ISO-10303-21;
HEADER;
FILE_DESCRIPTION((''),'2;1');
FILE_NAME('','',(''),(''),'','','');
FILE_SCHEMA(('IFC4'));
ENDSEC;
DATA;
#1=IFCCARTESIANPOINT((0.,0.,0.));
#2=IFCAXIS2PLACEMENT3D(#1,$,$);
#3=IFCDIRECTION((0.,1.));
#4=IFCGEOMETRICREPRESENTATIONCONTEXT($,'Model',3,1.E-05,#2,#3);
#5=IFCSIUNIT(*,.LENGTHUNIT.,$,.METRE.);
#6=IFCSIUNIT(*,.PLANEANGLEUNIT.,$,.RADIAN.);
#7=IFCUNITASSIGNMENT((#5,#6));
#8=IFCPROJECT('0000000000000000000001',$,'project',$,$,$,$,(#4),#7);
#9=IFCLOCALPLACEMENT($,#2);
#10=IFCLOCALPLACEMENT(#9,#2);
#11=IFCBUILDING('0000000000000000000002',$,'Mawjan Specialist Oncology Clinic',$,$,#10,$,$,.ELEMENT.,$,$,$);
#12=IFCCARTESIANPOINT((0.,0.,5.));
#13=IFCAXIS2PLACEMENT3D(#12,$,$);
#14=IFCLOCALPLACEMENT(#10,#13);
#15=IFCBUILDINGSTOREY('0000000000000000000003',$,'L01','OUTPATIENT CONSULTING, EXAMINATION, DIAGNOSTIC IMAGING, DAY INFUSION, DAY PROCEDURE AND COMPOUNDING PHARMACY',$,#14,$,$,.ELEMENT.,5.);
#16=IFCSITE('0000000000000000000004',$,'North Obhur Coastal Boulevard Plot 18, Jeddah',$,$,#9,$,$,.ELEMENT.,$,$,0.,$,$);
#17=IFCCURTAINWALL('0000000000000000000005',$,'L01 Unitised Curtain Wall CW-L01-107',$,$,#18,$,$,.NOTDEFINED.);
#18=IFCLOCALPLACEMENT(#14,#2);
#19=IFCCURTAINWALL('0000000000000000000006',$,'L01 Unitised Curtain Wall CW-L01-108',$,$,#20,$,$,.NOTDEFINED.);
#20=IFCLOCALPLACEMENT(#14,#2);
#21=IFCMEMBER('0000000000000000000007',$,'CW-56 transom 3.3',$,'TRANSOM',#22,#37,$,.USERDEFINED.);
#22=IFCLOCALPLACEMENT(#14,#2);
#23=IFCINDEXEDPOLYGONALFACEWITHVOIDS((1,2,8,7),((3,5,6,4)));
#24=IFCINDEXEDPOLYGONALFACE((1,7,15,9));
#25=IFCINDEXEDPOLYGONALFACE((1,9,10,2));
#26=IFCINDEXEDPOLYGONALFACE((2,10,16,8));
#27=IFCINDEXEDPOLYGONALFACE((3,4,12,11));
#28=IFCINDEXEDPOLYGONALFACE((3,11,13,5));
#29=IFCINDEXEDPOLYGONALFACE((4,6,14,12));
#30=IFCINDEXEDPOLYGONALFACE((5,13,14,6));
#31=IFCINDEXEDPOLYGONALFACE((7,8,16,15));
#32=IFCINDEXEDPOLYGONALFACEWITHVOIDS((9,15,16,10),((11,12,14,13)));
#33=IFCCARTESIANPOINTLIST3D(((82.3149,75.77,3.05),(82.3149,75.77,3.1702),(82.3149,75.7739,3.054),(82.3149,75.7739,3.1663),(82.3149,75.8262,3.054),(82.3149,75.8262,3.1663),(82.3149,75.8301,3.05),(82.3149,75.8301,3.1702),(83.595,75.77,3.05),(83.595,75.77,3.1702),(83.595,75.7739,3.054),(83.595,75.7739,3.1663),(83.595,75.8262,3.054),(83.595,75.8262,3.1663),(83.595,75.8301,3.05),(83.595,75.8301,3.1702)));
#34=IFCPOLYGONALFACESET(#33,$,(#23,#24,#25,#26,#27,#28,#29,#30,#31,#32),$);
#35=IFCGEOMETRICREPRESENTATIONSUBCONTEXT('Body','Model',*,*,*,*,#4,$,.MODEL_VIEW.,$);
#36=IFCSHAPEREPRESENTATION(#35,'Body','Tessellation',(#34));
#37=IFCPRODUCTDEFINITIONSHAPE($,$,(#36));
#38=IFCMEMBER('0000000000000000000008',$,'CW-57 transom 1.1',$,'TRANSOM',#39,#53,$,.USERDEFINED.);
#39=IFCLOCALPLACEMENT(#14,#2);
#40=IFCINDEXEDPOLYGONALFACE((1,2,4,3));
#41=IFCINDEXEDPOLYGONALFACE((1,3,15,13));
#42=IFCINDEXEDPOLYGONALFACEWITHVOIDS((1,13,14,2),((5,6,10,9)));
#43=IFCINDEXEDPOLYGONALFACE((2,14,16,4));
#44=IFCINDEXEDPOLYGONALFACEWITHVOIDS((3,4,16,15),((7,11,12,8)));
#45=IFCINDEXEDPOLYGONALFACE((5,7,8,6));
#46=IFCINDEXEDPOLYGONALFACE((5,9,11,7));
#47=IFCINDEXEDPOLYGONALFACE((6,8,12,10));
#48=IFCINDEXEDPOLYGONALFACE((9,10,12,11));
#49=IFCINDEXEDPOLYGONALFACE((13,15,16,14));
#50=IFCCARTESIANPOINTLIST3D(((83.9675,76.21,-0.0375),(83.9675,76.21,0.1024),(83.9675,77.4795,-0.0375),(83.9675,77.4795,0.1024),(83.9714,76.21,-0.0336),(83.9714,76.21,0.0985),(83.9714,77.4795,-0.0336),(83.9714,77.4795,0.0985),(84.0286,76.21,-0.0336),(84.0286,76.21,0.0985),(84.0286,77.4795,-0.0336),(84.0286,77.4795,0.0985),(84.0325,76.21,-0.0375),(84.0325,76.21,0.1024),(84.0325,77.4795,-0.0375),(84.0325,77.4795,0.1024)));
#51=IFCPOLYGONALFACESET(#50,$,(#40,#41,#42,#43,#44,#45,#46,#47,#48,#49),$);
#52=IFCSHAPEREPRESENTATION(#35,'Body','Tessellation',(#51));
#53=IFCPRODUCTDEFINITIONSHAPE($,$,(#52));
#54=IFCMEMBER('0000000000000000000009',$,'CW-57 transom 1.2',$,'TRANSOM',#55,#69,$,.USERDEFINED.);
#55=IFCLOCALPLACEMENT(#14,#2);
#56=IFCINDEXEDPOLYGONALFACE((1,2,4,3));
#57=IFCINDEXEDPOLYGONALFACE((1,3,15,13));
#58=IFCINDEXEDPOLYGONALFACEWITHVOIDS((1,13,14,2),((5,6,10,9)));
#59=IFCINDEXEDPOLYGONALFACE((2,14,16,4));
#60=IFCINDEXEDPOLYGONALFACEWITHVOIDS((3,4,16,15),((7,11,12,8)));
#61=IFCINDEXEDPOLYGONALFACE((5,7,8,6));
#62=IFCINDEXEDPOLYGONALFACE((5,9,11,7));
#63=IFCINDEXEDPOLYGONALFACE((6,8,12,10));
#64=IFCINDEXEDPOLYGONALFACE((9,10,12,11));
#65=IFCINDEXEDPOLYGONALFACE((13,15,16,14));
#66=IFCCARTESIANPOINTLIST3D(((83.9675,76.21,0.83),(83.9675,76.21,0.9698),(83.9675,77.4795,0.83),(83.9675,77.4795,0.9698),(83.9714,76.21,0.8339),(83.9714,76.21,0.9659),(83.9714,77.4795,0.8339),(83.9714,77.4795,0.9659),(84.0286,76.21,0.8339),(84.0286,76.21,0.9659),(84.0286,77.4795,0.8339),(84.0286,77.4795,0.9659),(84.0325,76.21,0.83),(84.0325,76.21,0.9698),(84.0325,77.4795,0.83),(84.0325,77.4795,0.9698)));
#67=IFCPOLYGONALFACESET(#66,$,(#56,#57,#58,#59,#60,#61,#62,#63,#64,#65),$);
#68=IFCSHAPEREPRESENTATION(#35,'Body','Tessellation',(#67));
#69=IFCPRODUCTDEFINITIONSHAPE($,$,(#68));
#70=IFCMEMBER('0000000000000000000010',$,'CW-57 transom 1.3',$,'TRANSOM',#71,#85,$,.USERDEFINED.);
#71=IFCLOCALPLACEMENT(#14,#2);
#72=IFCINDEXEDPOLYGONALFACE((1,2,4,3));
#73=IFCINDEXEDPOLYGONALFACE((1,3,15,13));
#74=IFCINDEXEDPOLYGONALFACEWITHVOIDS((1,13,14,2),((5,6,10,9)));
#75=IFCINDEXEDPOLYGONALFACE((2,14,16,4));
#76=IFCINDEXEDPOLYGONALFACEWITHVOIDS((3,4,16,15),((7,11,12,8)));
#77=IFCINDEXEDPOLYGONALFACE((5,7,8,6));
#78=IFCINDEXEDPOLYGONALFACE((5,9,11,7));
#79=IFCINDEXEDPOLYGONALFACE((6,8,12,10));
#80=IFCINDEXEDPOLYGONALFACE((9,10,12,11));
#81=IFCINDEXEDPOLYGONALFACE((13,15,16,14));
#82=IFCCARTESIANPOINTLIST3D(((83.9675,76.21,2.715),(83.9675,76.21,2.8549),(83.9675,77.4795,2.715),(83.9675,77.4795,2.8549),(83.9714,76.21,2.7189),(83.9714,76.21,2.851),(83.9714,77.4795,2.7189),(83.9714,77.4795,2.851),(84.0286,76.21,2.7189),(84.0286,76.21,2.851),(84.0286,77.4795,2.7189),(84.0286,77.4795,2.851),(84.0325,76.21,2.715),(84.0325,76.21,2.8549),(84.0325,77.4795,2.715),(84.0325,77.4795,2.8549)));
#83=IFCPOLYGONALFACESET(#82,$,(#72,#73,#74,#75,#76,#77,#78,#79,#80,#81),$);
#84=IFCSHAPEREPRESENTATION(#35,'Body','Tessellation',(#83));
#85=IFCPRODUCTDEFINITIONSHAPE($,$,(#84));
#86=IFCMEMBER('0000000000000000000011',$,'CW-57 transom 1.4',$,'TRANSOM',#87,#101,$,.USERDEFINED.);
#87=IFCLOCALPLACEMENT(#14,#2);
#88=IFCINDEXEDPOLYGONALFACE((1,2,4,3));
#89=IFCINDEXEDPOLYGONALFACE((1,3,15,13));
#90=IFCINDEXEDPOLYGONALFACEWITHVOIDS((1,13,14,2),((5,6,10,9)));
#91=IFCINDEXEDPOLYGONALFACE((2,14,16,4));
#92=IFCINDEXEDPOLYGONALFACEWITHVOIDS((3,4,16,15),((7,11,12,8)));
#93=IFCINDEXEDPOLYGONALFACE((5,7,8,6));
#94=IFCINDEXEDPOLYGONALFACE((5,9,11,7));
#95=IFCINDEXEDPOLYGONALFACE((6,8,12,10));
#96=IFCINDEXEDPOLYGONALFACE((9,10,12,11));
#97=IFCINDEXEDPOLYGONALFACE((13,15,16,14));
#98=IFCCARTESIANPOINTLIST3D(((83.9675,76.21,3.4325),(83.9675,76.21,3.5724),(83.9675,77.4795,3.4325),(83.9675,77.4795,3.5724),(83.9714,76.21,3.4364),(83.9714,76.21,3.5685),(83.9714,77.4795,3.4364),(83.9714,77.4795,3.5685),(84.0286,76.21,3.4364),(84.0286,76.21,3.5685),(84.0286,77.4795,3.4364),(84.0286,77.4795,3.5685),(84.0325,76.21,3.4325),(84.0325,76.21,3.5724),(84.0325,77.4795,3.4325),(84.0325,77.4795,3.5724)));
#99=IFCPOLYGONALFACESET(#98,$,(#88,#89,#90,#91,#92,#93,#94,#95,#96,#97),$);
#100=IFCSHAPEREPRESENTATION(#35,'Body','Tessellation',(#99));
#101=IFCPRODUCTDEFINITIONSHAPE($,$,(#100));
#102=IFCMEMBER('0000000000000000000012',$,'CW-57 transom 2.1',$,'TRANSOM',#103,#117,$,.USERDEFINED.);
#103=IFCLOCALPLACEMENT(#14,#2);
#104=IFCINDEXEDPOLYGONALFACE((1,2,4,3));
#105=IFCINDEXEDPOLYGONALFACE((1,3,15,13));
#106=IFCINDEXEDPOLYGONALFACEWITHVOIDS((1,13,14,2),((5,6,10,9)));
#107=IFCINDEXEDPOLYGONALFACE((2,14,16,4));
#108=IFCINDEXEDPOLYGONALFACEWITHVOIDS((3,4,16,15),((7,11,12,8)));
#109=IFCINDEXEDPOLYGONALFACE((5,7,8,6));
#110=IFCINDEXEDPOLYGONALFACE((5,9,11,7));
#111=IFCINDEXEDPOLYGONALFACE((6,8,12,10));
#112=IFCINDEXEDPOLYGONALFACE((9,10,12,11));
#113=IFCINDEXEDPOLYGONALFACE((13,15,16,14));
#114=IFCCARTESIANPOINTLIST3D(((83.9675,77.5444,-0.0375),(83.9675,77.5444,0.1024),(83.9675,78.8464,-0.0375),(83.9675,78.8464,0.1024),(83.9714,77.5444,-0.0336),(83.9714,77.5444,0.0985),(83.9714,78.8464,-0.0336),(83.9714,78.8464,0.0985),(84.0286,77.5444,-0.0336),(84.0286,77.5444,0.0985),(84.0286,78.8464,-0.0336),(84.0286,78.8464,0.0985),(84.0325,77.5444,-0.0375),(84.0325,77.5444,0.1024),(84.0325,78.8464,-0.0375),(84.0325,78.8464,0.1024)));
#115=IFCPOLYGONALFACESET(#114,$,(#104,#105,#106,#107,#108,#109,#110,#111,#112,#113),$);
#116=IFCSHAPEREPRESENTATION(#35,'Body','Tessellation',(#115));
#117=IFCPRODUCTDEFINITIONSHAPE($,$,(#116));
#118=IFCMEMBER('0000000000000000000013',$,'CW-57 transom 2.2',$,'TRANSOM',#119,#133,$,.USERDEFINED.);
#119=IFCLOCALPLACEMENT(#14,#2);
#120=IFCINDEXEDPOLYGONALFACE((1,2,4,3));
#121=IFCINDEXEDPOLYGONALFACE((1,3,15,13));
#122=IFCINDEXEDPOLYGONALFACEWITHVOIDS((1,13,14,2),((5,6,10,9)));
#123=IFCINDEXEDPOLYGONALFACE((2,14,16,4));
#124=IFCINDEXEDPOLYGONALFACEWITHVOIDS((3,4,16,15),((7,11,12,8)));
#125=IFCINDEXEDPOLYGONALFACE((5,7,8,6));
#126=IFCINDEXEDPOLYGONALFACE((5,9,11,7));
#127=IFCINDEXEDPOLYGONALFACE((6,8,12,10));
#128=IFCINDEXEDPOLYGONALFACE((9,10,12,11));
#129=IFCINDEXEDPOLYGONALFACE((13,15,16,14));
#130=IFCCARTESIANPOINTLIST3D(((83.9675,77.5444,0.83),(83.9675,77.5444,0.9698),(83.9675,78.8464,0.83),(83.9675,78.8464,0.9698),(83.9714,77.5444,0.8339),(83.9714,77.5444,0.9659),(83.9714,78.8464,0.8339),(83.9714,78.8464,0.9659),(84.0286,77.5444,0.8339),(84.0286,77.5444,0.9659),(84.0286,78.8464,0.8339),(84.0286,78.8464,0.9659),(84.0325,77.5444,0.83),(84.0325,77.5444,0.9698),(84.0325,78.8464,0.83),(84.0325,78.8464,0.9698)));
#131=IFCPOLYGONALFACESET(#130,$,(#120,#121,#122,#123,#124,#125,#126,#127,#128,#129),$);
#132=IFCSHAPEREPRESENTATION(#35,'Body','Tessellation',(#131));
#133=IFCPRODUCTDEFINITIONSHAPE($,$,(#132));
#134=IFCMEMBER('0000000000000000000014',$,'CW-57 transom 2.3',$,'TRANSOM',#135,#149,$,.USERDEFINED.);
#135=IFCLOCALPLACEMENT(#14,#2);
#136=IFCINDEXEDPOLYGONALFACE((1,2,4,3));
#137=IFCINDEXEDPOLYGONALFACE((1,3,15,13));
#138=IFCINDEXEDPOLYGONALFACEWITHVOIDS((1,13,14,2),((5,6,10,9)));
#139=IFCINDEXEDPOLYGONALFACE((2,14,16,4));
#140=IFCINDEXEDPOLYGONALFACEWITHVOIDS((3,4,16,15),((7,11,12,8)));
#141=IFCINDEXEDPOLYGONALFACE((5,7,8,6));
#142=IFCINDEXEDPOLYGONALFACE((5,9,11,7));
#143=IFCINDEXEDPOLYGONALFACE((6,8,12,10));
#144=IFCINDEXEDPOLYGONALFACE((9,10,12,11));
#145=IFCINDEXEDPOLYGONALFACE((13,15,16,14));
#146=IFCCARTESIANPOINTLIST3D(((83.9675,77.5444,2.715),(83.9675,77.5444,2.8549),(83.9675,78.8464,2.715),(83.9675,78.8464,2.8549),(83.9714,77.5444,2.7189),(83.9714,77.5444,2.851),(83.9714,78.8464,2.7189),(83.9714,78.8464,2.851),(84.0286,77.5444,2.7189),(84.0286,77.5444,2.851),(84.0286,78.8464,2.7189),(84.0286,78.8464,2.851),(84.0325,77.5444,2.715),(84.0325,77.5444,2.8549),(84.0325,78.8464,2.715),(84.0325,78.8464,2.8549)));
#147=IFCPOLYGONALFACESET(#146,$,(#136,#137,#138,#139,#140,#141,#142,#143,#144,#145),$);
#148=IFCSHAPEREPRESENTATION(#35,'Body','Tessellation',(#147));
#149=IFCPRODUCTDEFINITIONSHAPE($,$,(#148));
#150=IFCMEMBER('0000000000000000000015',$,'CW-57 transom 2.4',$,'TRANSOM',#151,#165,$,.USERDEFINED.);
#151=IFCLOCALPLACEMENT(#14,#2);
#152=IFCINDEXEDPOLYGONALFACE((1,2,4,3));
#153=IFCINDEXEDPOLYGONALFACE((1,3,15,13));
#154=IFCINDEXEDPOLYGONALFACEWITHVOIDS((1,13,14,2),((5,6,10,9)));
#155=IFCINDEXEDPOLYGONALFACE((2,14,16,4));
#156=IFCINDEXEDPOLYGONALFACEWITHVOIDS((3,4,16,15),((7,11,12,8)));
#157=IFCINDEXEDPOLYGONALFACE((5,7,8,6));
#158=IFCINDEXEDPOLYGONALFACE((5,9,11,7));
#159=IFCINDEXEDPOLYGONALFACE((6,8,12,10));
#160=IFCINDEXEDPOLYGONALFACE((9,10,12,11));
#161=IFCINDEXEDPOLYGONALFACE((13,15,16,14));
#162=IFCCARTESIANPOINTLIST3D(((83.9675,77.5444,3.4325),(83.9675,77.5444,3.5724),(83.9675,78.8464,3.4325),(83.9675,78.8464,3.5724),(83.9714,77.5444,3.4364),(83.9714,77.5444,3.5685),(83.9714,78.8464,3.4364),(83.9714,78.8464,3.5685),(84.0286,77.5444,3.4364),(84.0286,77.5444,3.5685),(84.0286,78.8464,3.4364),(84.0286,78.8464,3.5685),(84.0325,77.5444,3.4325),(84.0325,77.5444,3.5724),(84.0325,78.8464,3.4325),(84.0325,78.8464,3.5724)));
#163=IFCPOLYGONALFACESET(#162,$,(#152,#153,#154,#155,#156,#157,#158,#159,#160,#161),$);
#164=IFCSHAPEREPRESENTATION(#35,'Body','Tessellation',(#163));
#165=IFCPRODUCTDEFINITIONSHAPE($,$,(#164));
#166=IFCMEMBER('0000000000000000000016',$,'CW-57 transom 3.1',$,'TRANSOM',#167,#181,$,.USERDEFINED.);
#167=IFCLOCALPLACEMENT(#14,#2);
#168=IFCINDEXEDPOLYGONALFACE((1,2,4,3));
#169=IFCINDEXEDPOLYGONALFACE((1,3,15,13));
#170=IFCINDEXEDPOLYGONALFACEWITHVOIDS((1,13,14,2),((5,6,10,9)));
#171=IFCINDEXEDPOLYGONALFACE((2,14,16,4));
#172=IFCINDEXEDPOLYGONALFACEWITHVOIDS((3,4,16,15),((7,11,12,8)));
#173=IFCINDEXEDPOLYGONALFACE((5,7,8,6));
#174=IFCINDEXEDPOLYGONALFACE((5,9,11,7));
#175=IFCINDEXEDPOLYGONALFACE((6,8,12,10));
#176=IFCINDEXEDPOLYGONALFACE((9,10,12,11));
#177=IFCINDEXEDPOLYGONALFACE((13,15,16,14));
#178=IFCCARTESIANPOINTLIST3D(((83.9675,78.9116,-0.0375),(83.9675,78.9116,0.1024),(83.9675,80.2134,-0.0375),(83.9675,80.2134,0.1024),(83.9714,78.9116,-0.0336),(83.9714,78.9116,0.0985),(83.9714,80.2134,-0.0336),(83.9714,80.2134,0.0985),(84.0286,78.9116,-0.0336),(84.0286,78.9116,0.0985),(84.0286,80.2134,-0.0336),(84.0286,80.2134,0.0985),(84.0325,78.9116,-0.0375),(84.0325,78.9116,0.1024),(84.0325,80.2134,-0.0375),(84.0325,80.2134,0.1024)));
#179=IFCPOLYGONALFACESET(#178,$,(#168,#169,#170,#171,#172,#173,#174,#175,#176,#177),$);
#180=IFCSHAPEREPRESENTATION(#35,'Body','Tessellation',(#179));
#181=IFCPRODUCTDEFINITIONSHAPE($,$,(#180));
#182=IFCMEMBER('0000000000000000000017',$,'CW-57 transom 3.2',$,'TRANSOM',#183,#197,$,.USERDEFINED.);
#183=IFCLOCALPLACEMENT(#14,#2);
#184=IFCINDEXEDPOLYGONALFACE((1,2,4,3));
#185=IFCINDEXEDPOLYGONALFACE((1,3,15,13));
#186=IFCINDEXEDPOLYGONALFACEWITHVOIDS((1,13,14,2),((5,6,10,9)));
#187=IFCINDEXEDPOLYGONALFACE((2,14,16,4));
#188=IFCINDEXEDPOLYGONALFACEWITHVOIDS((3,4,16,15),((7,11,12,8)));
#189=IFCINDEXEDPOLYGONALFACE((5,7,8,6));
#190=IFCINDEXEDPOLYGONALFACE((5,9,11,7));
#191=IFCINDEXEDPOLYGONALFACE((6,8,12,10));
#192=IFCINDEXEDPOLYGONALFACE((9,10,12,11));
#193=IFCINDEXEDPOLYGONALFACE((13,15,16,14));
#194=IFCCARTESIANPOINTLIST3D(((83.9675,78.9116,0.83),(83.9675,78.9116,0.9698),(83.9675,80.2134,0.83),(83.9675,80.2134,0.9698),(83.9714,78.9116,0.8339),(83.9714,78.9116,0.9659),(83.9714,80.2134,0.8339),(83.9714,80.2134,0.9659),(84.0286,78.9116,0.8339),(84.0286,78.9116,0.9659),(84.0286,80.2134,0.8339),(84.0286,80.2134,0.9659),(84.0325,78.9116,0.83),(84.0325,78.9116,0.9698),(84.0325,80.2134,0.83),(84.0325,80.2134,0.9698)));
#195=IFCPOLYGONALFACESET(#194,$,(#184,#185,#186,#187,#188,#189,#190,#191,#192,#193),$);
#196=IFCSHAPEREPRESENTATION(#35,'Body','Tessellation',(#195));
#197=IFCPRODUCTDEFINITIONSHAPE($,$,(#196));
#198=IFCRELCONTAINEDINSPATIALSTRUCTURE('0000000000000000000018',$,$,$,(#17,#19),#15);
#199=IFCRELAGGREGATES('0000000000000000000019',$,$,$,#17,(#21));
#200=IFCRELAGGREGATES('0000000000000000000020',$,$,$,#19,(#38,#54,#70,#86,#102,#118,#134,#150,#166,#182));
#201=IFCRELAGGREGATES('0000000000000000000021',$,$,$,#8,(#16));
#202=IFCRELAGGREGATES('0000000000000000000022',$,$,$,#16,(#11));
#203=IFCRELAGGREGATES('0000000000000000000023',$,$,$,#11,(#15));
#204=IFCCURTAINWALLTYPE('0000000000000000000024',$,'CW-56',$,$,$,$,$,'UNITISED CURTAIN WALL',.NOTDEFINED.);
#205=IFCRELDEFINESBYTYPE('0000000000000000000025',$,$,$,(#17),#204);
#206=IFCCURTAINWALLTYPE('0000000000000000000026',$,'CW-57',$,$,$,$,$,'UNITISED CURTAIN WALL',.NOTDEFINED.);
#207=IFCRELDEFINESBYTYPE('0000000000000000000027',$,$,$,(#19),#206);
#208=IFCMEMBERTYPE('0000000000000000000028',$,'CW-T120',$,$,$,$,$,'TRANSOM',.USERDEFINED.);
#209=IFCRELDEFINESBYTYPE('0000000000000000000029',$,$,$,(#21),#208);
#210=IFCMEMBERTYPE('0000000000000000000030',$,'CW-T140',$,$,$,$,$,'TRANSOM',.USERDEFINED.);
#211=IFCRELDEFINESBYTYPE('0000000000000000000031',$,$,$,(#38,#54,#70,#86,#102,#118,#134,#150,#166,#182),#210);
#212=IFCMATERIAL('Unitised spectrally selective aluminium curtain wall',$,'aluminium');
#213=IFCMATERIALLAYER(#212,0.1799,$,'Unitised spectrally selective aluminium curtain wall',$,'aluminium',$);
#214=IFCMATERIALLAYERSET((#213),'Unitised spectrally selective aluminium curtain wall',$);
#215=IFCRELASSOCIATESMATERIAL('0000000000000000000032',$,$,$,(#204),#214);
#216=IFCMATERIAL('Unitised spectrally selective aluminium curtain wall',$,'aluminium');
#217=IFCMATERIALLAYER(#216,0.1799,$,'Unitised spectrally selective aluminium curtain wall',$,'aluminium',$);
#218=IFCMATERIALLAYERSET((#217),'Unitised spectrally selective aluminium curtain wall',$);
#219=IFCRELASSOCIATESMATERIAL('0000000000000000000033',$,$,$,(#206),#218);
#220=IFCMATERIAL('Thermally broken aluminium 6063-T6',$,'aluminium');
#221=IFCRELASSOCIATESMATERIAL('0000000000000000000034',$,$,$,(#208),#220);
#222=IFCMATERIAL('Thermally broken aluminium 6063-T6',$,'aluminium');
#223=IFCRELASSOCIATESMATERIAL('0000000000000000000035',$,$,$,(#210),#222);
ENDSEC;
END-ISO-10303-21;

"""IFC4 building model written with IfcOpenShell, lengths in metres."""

from ifc_helpers import new_model, si_unit, direction, frame, origin, origin_2d, place, context, subcontext, project, spatial, hollow_rectangle, extrude, material, layer, layer_set, material_profile, profile_set, type_object, element, aggregate, save


model = new_model("IFC4")

# Units and contexts
model_context = context("Model", 3, precision=1e-05, world=origin(), true_north=direction((0.0, 1.0)))
body_context = subcontext(model_context, "Body", "Model", "MODEL_VIEW")
ifc_project = project(units=[si_unit("LENGTHUNIT", "METRE"), si_unit("PLANEANGLEUNIT", "RADIAN")], contexts=[model_context])

# Site, building, storey
site_placement = place(None, origin())
site = spatial("IfcSite", under=ifc_project, at=site_placement, Name="North Obhur Coastal Boulevard Plot 18, Jeddah", CompositionType="ELEMENT", RefElevation=0.0)
building_placement = place(site_placement, origin())
building = spatial("IfcBuilding", under=site, at=building_placement, Name="Mawjan Specialist Oncology Clinic", CompositionType="ELEMENT")
storey_placement = place(building_placement, frame((0.0, 0.0, 5.0)))
storey = spatial("IfcBuildingStorey", under=building, at=storey_placement, Name="L01", Description="OUTPATIENT CONSULTING, EXAMINATION, DIAGNOSTIC IMAGING, DAY INFUSION, DAY PROCEDURE AND COMPOUNDING PHARMACY", CompositionType="ELEMENT", Elevation=5.0)

# Curtain wall
ifc_material_1 = material(Name="Unitised spectrally selective aluminium curtain wall", Category="aluminium")
ifc_layer_1 = layer(ifc_material_1, 0.1799, Name="Unitised spectrally selective aluminium curtain wall", Category="aluminium")
ifc_layer_set_1 = layer_set([ifc_layer_1], Name="Unitised spectrally selective aluminium curtain wall")
curtain_wall_type_1 = type_object("IfcCurtainWallType", Name="CW-56", ElementType="UNITISED CURTAIN WALL", PredefinedType="NOTDEFINED", material=ifc_layer_set_1)
curtain_wall_1_placement = place(storey_placement, origin())
curtain_wall_1 = element("IfcCurtainWall", 1, at=curtain_wall_1_placement, inside=storey, type_object=curtain_wall_type_1, Name="L01 Unitised Curtain Wall CW-L01-107", PredefinedType="NOTDEFINED")

# Curtain wall
ifc_material_2 = material(Name="Unitised spectrally selective aluminium curtain wall", Category="aluminium")
ifc_layer_2 = layer(ifc_material_2, 0.1799, Name="Unitised spectrally selective aluminium curtain wall", Category="aluminium")
ifc_layer_set_2 = layer_set([ifc_layer_2], Name="Unitised spectrally selective aluminium curtain wall")
curtain_wall_type_2 = type_object("IfcCurtainWallType", Name="CW-57", ElementType="UNITISED CURTAIN WALL", PredefinedType="NOTDEFINED", material=ifc_layer_set_2)
curtain_wall_2_placement = place(storey_placement, origin())
curtain_wall_2 = element("IfcCurtainWall", 2, at=curtain_wall_2_placement, inside=storey, type_object=curtain_wall_type_2, Name="L01 Unitised Curtain Wall CW-L01-108", PredefinedType="NOTDEFINED")

# Members
ifc_material_3 = material(Name="Thermally broken aluminium 6063-T6", Category="aluminium")
ifc_material_profile_1 = material_profile(ifc_material_3, hollow_rectangle(XDim=0.0601, YDim=0.1201, WallThickness=0.0039, at=origin_2d()), Name="ALU TRANSOM 120x60x4", Category="aluminium")
ifc_profile_set_1 = profile_set([ifc_material_profile_1], Name="Thermally broken aluminium 6063-T6")
member_type_1 = type_object("IfcMemberType", Name="CW-T120", ElementType="TRANSOM", PredefinedType="USERDEFINED", material=ifc_profile_set_1)
member_1_placement = place(storey_placement, frame((82.3149, 75.8, 3.1101), z_axis=(1.0, 0.0, 0.0), x_axis=(0.0, 1.0, 0.0)))
member_1 = element("IfcMember", 3, at=member_1_placement, type_object=member_type_1, Name="CW-56 transom 3.3", ObjectType="TRANSOM", PredefinedType="USERDEFINED", context=body_context, shape_type="SweptSolid", body=[
    extrude(hollow_rectangle(XDim=0.0601, YDim=0.1201, WallThickness=0.0039, at=origin_2d()), origin(), (0.0, 0.0, 1.0), 1.28),
])
ifc_material_4 = material(Name="Thermally broken aluminium 6063-T6", Category="aluminium")
ifc_material_profile_2 = material_profile(ifc_material_4, hollow_rectangle(XDim=0.0649, YDim=0.1399, WallThickness=0.0039, at=origin_2d()), Name="ALU TRANSOM 140x65x4", Category="aluminium")
ifc_profile_set_2 = profile_set([ifc_material_profile_2], Name="Thermally broken aluminium 6063-T6")
member_type_2 = type_object("IfcMemberType", Name="CW-T140", ElementType="TRANSOM", PredefinedType="USERDEFINED", material=ifc_profile_set_2)
member_2_placement = place(storey_placement, frame((84.0, 76.21, 0.0325), z_axis=(0.0, 1.0, 0.0), x_axis=(-1.0, 0.0, 0.0)))
member_2 = element("IfcMember", 4, at=member_2_placement, type_object=member_type_2, Name="CW-57 transom 1.1", ObjectType="TRANSOM", PredefinedType="USERDEFINED", context=body_context, shape_type="SweptSolid", body=[
    extrude(hollow_rectangle(XDim=0.0649, YDim=0.1399, WallThickness=0.0039, at=origin_2d()), origin(), (0.0, 0.0, 1.0), 1.2695),
])
member_3_placement = place(storey_placement, frame((84.0, 76.21, 0.8999), z_axis=(0.0, 1.0, 0.0), x_axis=(-1.0, 0.0, 0.0)))
member_3 = element("IfcMember", 5, at=member_3_placement, type_object=member_type_2, Name="CW-57 transom 1.2", ObjectType="TRANSOM", PredefinedType="USERDEFINED", context=body_context, shape_type="SweptSolid", body=[
    extrude(hollow_rectangle(XDim=0.0649, YDim=0.1399, WallThickness=0.0039, at=origin_2d()), origin(), (0.0, 0.0, 1.0), 1.2695),
])
member_4_placement = place(storey_placement, frame((84.0, 76.21, 2.7849), z_axis=(0.0, 1.0, 0.0), x_axis=(-1.0, 0.0, 0.0)))
member_4 = element("IfcMember", 6, at=member_4_placement, type_object=member_type_2, Name="CW-57 transom 1.3", ObjectType="TRANSOM", PredefinedType="USERDEFINED", context=body_context, shape_type="SweptSolid", body=[
    extrude(hollow_rectangle(XDim=0.0649, YDim=0.1399, WallThickness=0.0039, at=origin_2d()), origin(), (0.0, 0.0, 1.0), 1.2695),
])
member_5_placement = place(storey_placement, frame((84.0, 76.21, 3.5024), z_axis=(0.0, 1.0, 0.0), x_axis=(-1.0, 0.0, 0.0)))
member_5 = element("IfcMember", 7, at=member_5_placement, type_object=member_type_2, Name="CW-57 transom 1.4", ObjectType="TRANSOM", PredefinedType="USERDEFINED", context=body_context, shape_type="SweptSolid", body=[
    extrude(hollow_rectangle(XDim=0.0649, YDim=0.1399, WallThickness=0.0039, at=origin_2d()), origin(), (0.0, 0.0, 1.0), 1.2695),
])
member_6_placement = place(storey_placement, frame((84.0, 77.5444, 0.0325), z_axis=(0.0, 1.0, 0.0), x_axis=(-1.0, 0.0, 0.0)))
member_6 = element("IfcMember", 8, at=member_6_placement, type_object=member_type_2, Name="CW-57 transom 2.1", ObjectType="TRANSOM", PredefinedType="USERDEFINED", context=body_context, shape_type="SweptSolid", body=[
    extrude(hollow_rectangle(XDim=0.0649, YDim=0.1399, WallThickness=0.0039, at=origin_2d()), origin(), (0.0, 0.0, 1.0), 1.302),
])
member_7_placement = place(storey_placement, frame((84.0, 77.5444, 0.8999), z_axis=(0.0, 1.0, 0.0), x_axis=(-1.0, 0.0, 0.0)))
member_7 = element("IfcMember", 9, at=member_7_placement, type_object=member_type_2, Name="CW-57 transom 2.2", ObjectType="TRANSOM", PredefinedType="USERDEFINED", context=body_context, shape_type="SweptSolid", body=[
    extrude(hollow_rectangle(XDim=0.0649, YDim=0.1399, WallThickness=0.0039, at=origin_2d()), origin(), (0.0, 0.0, 1.0), 1.302),
])
member_8_placement = place(storey_placement, frame((84.0, 77.5444, 2.7849), z_axis=(0.0, 1.0, 0.0), x_axis=(-1.0, 0.0, 0.0)))
member_8 = element("IfcMember", 10, at=member_8_placement, type_object=member_type_2, Name="CW-57 transom 2.3", ObjectType="TRANSOM", PredefinedType="USERDEFINED", context=body_context, shape_type="SweptSolid", body=[
    extrude(hollow_rectangle(XDim=0.0649, YDim=0.1399, WallThickness=0.0039, at=origin_2d()), origin(), (0.0, 0.0, 1.0), 1.302),
])
member_9_placement = place(storey_placement, frame((84.0, 77.5444, 3.5024), z_axis=(0.0, 1.0, 0.0), x_axis=(-1.0, 0.0, 0.0)))
member_9 = element("IfcMember", 11, at=member_9_placement, type_object=member_type_2, Name="CW-57 transom 2.4", ObjectType="TRANSOM", PredefinedType="USERDEFINED", context=body_context, shape_type="SweptSolid", body=[
    extrude(hollow_rectangle(XDim=0.0649, YDim=0.1399, WallThickness=0.0039, at=origin_2d()), origin(), (0.0, 0.0, 1.0), 1.302),
])
member_10_placement = place(storey_placement, frame((84.0, 78.9116, 0.0325), z_axis=(0.0, 1.0, 0.0), x_axis=(-1.0, 0.0, 0.0)))
member_10 = element("IfcMember", 12, at=member_10_placement, type_object=member_type_2, Name="CW-57 transom 3.1", ObjectType="TRANSOM", PredefinedType="USERDEFINED", context=body_context, shape_type="SweptSolid", body=[
    extrude(hollow_rectangle(XDim=0.0649, YDim=0.1399, WallThickness=0.0039, at=origin_2d()), origin(), (0.0, 0.0, 1.0), 1.3018),
])
member_11_placement = place(storey_placement, frame((84.0, 78.9116, 0.8999), z_axis=(0.0, 1.0, 0.0), x_axis=(-1.0, 0.0, 0.0)))
member_11 = element("IfcMember", 13, at=member_11_placement, type_object=member_type_2, Name="CW-57 transom 3.2", ObjectType="TRANSOM", PredefinedType="USERDEFINED", context=body_context, shape_type="SweptSolid", body=[
    extrude(hollow_rectangle(XDim=0.0649, YDim=0.1399, WallThickness=0.0039, at=origin_2d()), origin(), (0.0, 0.0, 1.0), 1.3018),
])

aggregate(curtain_wall_1, [member_1])
aggregate(curtain_wall_2, [member_2, member_3, member_4, member_5, member_6, member_7, member_8, member_9, member_10, member_11])

save(model, "model.ifc")
